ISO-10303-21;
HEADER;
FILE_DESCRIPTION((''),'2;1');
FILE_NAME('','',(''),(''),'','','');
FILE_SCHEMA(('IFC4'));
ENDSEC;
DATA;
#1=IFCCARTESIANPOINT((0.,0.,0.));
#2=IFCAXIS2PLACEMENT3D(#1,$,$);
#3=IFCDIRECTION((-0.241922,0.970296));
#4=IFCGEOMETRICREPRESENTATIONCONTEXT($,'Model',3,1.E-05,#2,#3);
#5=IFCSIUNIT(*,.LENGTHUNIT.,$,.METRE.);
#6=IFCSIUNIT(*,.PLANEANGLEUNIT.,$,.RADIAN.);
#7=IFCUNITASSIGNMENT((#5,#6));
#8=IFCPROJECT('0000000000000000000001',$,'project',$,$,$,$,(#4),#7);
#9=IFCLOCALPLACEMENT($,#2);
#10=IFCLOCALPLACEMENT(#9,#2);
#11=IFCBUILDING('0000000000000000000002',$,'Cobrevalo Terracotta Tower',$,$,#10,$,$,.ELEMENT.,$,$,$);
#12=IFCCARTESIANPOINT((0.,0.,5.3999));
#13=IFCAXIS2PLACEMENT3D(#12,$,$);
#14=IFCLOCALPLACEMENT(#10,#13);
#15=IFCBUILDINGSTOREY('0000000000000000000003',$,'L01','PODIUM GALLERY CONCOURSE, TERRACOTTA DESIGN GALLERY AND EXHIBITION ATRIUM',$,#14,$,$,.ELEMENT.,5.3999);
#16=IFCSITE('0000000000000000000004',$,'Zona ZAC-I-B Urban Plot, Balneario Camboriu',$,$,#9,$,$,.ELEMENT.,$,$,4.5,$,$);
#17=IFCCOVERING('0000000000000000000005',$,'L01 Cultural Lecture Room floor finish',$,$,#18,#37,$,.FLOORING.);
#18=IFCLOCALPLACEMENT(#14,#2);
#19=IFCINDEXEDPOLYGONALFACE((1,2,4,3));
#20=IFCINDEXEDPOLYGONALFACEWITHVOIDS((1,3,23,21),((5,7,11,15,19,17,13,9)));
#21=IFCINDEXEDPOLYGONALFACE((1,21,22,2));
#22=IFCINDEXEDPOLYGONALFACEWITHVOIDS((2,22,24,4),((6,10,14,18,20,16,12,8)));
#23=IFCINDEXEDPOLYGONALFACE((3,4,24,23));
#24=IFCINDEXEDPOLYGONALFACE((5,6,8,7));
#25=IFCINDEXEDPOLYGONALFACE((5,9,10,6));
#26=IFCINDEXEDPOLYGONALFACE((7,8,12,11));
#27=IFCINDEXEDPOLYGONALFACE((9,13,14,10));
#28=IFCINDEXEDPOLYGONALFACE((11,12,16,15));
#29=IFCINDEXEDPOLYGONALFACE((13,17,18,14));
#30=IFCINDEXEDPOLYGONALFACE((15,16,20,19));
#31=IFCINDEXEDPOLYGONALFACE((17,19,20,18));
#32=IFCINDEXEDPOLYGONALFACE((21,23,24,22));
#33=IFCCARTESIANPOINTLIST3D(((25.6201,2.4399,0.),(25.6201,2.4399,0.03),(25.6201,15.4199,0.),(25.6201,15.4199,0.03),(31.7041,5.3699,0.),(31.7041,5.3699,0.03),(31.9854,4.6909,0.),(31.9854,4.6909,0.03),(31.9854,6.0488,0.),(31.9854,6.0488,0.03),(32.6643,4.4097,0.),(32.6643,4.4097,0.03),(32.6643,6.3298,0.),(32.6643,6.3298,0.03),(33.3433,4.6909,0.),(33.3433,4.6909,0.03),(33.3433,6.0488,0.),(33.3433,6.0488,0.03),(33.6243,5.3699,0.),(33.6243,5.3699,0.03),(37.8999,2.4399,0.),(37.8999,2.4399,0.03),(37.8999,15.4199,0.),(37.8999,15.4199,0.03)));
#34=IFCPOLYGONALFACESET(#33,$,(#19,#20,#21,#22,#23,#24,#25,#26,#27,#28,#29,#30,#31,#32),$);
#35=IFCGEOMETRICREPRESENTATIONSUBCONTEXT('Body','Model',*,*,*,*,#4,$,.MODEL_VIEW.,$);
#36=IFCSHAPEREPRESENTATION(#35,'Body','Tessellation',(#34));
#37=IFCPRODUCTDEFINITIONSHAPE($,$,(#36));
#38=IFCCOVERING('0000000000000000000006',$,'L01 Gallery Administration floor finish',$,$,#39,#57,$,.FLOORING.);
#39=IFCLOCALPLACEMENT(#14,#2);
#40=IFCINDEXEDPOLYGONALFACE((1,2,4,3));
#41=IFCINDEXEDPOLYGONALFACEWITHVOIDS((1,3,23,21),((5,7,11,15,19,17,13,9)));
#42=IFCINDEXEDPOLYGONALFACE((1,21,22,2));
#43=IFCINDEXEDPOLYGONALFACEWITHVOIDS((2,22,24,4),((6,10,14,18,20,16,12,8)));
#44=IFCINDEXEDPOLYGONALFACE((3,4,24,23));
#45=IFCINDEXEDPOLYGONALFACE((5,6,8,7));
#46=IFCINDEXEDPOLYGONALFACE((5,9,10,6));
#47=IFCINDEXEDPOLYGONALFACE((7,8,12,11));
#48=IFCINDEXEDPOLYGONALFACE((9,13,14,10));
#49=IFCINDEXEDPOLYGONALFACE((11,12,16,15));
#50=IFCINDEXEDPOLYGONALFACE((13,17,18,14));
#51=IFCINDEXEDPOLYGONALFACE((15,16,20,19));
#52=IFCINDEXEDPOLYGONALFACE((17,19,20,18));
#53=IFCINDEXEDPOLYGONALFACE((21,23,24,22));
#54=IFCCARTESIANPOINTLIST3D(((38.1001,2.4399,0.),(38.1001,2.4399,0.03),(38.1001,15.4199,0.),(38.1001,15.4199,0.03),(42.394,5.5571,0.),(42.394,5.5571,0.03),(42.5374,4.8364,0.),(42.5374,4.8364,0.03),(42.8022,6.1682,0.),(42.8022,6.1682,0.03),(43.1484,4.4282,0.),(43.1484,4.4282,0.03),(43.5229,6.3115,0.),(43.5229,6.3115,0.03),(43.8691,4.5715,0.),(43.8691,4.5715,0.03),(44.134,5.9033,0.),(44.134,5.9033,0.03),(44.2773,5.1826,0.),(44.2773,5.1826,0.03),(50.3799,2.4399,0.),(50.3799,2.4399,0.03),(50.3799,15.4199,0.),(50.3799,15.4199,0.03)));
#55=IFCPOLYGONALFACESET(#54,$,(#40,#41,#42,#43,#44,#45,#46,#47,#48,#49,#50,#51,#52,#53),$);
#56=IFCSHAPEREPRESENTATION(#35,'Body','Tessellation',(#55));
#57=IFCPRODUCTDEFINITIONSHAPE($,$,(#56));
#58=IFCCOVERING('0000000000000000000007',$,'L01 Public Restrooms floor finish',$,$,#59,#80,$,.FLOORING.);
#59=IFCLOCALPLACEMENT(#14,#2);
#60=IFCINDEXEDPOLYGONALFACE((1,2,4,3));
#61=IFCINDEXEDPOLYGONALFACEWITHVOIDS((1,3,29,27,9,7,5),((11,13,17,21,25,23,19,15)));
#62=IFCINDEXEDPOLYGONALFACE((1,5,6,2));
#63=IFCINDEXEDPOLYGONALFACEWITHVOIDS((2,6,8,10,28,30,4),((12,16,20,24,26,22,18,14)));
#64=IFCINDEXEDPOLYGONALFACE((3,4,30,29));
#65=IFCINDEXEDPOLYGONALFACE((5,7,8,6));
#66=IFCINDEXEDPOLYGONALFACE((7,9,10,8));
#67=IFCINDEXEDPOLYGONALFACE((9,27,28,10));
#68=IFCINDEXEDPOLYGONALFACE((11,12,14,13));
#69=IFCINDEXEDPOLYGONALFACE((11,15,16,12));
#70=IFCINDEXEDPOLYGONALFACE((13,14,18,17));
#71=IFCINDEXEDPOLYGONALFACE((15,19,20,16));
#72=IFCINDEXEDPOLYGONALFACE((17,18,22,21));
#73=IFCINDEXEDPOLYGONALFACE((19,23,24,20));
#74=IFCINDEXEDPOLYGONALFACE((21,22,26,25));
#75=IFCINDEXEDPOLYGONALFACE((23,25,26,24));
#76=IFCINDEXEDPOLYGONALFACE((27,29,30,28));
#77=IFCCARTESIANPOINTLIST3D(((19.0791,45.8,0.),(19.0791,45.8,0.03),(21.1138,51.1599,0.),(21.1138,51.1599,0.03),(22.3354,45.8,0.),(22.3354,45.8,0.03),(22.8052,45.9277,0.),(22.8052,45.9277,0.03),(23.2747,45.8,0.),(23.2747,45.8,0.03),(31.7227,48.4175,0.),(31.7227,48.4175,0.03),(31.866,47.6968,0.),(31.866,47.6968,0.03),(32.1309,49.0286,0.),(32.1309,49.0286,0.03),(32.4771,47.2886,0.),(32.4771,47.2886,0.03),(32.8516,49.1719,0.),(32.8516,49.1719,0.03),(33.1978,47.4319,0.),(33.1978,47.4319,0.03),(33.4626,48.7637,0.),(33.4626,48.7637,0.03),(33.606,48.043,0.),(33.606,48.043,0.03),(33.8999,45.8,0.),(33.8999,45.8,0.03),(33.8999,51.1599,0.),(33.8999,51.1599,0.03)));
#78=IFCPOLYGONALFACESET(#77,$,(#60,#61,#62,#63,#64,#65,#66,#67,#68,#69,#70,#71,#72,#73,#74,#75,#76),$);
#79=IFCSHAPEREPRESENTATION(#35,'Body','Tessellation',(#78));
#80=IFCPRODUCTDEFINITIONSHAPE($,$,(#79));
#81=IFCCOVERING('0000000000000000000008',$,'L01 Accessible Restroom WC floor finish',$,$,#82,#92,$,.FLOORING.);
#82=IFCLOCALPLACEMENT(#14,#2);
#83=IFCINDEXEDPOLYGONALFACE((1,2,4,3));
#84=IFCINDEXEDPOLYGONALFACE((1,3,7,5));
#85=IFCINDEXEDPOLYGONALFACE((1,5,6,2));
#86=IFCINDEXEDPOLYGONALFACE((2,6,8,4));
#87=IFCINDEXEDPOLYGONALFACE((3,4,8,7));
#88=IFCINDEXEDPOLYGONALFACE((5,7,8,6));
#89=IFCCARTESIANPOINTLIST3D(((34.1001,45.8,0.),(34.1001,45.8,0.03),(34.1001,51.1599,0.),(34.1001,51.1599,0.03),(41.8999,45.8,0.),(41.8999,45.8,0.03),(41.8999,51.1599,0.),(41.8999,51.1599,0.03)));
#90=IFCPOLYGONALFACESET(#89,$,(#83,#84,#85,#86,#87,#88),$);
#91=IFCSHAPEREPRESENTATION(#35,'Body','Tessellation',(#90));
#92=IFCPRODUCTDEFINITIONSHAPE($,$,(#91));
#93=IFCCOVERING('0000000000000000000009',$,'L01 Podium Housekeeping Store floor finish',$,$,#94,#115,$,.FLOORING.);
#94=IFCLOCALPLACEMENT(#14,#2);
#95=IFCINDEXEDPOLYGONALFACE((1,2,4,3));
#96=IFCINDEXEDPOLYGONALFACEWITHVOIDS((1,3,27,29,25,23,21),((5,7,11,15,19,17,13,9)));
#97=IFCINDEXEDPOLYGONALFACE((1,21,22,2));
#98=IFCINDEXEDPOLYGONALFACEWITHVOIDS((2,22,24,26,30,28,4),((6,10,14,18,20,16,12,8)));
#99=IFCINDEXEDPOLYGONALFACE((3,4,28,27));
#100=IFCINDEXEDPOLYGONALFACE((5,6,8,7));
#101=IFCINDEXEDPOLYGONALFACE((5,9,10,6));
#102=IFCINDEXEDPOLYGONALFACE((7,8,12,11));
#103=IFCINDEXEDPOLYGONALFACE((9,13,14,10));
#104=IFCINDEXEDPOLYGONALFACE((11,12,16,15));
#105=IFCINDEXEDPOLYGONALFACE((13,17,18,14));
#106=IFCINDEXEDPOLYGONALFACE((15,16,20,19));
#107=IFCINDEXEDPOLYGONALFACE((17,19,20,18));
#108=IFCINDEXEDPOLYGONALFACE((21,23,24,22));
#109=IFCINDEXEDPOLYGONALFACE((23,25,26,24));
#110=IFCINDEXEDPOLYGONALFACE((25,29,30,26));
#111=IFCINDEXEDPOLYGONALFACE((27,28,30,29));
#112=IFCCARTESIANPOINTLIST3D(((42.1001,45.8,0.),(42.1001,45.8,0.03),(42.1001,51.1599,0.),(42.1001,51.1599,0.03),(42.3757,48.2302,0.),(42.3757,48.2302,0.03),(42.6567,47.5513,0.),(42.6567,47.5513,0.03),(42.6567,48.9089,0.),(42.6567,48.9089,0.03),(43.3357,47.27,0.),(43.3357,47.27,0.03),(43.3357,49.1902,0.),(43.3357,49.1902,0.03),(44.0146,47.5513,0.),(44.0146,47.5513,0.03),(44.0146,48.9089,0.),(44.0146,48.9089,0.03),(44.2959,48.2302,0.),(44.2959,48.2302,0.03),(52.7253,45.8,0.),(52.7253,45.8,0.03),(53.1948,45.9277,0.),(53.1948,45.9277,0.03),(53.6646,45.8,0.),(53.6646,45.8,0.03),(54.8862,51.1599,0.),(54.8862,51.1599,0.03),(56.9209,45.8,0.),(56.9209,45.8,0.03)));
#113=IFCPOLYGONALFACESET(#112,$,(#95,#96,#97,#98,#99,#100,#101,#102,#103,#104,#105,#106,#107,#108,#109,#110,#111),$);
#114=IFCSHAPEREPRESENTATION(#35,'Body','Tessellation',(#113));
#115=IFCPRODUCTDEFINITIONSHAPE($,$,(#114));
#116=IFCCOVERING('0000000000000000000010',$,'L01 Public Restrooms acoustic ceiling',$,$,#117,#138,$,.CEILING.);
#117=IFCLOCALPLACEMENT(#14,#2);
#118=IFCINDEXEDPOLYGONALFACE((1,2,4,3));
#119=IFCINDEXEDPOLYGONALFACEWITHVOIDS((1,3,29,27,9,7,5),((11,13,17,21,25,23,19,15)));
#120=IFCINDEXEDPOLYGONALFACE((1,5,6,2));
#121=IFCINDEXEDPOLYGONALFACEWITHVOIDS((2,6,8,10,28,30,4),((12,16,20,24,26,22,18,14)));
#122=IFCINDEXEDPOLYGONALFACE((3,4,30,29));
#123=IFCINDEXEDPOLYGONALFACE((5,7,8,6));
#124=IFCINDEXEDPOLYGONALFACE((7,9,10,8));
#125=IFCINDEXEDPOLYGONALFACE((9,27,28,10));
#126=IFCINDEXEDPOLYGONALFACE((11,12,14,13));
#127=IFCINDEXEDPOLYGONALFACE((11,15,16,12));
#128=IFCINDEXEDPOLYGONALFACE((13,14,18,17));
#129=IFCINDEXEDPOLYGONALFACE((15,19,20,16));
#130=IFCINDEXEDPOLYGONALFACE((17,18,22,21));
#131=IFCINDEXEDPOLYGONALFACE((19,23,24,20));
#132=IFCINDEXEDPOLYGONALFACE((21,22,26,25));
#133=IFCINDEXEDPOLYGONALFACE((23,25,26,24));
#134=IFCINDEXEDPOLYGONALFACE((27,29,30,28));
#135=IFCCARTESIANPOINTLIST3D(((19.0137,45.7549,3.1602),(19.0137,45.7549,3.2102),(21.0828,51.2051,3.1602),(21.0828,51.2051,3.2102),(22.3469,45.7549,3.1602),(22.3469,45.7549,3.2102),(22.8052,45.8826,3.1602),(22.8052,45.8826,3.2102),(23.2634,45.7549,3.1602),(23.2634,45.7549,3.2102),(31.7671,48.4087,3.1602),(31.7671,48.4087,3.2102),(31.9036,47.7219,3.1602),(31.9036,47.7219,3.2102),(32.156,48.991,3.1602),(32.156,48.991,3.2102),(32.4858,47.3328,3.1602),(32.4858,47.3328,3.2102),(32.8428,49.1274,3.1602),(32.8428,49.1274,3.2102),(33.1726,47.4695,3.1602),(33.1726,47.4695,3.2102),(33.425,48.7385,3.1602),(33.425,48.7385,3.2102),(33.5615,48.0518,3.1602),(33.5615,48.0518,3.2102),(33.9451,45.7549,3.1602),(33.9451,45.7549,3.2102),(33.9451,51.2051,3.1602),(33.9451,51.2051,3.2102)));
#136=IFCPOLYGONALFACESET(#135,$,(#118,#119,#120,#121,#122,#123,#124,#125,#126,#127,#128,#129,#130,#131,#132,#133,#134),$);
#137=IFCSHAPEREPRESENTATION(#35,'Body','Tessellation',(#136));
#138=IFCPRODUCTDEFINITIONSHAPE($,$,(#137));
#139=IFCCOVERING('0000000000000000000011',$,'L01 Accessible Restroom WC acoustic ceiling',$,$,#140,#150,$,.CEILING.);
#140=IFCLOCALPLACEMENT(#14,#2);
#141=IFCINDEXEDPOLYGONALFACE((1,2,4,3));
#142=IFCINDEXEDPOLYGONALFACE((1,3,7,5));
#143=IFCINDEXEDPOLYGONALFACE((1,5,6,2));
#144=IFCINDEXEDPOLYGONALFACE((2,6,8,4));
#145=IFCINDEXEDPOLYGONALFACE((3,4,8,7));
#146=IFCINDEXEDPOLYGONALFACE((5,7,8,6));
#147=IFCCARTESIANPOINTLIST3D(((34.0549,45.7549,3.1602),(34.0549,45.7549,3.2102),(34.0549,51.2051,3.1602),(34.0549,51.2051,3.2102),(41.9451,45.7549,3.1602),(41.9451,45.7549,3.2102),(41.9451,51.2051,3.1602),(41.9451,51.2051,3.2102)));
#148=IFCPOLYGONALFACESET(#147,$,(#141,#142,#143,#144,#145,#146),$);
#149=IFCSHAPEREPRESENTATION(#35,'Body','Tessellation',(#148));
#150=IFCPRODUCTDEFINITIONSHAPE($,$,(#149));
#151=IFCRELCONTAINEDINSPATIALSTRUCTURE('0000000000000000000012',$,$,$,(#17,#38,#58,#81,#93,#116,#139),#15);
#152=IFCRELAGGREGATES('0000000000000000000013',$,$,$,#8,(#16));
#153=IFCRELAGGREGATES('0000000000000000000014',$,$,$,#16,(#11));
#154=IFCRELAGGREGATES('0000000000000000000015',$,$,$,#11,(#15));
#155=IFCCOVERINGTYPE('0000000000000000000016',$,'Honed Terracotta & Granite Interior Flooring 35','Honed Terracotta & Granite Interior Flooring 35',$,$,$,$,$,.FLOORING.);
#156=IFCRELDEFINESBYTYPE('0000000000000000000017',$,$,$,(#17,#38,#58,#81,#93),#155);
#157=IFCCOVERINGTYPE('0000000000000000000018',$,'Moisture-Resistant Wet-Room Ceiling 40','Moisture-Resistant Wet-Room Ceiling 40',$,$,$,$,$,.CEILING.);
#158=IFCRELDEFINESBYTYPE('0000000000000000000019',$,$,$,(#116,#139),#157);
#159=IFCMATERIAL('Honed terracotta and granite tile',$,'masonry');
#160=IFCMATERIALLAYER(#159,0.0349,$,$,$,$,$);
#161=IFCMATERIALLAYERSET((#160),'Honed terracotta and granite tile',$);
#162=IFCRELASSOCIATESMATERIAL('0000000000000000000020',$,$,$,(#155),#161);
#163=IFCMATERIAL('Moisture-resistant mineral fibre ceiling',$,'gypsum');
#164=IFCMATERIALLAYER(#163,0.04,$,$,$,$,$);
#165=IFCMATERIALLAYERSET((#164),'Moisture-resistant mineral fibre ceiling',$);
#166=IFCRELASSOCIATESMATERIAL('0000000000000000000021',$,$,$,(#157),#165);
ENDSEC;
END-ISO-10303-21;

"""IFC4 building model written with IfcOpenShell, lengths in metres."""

from ifc_helpers import new_model, si_unit, direction, frame, origin, place, context, subcontext, project, spatial, polyline, outline, extrude, material, layer, layer_set, type_object, element, save


model = new_model("IFC4")

# Units and contexts
model_context = context("Model", 3, precision=1e-05, world=origin(), true_north=direction((-0.241922, 0.970296)))
body_context = subcontext(model_context, "Body", "Model", "MODEL_VIEW")
ifc_project = project(units=[si_unit("LENGTHUNIT", "METRE"), si_unit("PLANEANGLEUNIT", "RADIAN")], contexts=[model_context])

# Site, building, storey
site_placement = place(None, origin())
site = spatial("IfcSite", under=ifc_project, at=site_placement, Name="Zona ZAC-I-B Urban Plot, Balneario Camboriu", CompositionType="ELEMENT", RefElevation=4.5)
building_placement = place(site_placement, origin())
building = spatial("IfcBuilding", under=site, at=building_placement, Name="Cobrevalo Terracotta Tower", CompositionType="ELEMENT")
storey_placement = place(building_placement, frame((0.0, 0.0, 5.3999)))
storey = spatial("IfcBuildingStorey", under=building, at=storey_placement, Name="L01", Description="PODIUM GALLERY CONCOURSE, TERRACOTTA DESIGN GALLERY AND EXHIBITION ATRIUM", CompositionType="ELEMENT", Elevation=5.3999)

# Coverings
ifc_material_1 = material(Name="Honed terracotta and granite tile", Category="masonry")
ifc_layer_1 = layer(ifc_material_1, 0.0349)
ifc_layer_set_1 = layer_set([ifc_layer_1], Name="Honed terracotta and granite tile")
covering_type_1 = type_object("IfcCoveringType", Name="Honed Terracotta & Granite Interior Flooring 35", Description="Honed Terracotta & Granite Interior Flooring 35", PredefinedType="FLOORING", material=ifc_layer_set_1)
covering_1_placement = place(storey_placement, origin())
element("IfcCovering", 1, at=covering_1_placement, inside=storey, type_object=covering_type_1, Name="L01 Cultural Lecture Room floor finish", PredefinedType="FLOORING", context=body_context, shape_type="SweptSolid", body=[
    extrude(outline(polyline([(25.6201, 15.4199), (37.8999, 15.4199), (37.8999, 2.4399), (25.6201, 2.4399), (25.6201, 15.4199)]), holes=[polyline([(33.3433, 4.6909), (33.6243, 5.3699), (33.3433, 6.0488), (32.6643, 6.3298), (31.9854, 6.0488), (31.7041, 5.3699), (31.9854, 4.6909), (32.6643, 4.4097), (33.3433, 4.6909)])]), origin(), (0.0, 0.0, 1.0), 0.03),
])
covering_2_placement = place(storey_placement, origin())
element("IfcCovering", 2, at=covering_2_placement, inside=storey, type_object=covering_type_1, Name="L01 Gallery Administration floor finish", PredefinedType="FLOORING", context=body_context, shape_type="SweptSolid", body=[
    extrude(outline(polyline([(38.1001, 15.4199), (50.3799, 15.4199), (50.3799, 2.4399), (38.1001, 2.4399), (38.1001, 15.4199)]), holes=[polyline([(43.8691, 4.5715), (44.2773, 5.1826), (44.134, 5.9033), (43.5229, 6.3115), (42.8022, 6.1682), (42.394, 5.5571), (42.5374, 4.8364), (43.1484, 4.4282), (43.8691, 4.5715)])]), origin(), (0.0, 0.0, 1.0), 0.03),
])
covering_3_placement = place(storey_placement, origin())
element("IfcCovering", 3, at=covering_3_placement, inside=storey, type_object=covering_type_1, Name="L01 Public Restrooms floor finish", PredefinedType="FLOORING", context=body_context, shape_type="SweptSolid", body=[
    extrude(outline(polyline([(33.8999, 45.8), (23.2747, 45.8), (22.8052, 45.9277), (22.3354, 45.8), (19.0791, 45.8), (21.1138, 51.1599), (33.8999, 51.1599), (33.8999, 45.8)]), holes=[polyline([(33.1978, 47.4319), (33.606, 48.043), (33.4626, 48.7637), (32.8516, 49.1719), (32.1309, 49.0286), (31.7227, 48.4175), (31.866, 47.6968), (32.4771, 47.2886), (33.1978, 47.4319)])]), origin(), (0.0, 0.0, 1.0), 0.03),
])
covering_4_placement = place(storey_placement, origin())
element("IfcCovering", 4, at=covering_4_placement, inside=storey, type_object=covering_type_1, Name="L01 Accessible Restroom WC floor finish", PredefinedType="FLOORING", context=body_context, shape_type="SweptSolid", body=[
    extrude(outline(polyline([(41.8999, 45.8), (34.1001, 45.8), (34.1001, 51.1599), (41.8999, 51.1599), (41.8999, 45.8)])), origin(), (0.0, 0.0, 1.0), 0.03),
])
covering_5_placement = place(storey_placement, origin())
element("IfcCovering", 5, at=covering_5_placement, inside=storey, type_object=covering_type_1, Name="L01 Podium Housekeeping Store floor finish", PredefinedType="FLOORING", context=body_context, shape_type="SweptSolid", body=[
    extrude(outline(polyline([(56.9209, 45.8), (53.6646, 45.8), (53.1948, 45.9277), (52.7253, 45.8), (42.1001, 45.8), (42.1001, 51.1599), (54.8862, 51.1599), (56.9209, 45.8)]), holes=[polyline([(44.0146, 47.5513), (44.2959, 48.2302), (44.0146, 48.9089), (43.3357, 49.1902), (42.6567, 48.9089), (42.3757, 48.2302), (42.6567, 47.5513), (43.3357, 47.27), (44.0146, 47.5513)])]), origin(), (0.0, 0.0, 1.0), 0.03),
])
ifc_material_2 = material(Name="Moisture-resistant mineral fibre ceiling", Category="gypsum")
ifc_layer_2 = layer(ifc_material_2, 0.04)
ifc_layer_set_2 = layer_set([ifc_layer_2], Name="Moisture-resistant mineral fibre ceiling")
covering_type_2 = type_object("IfcCoveringType", Name="Moisture-Resistant Wet-Room Ceiling 40", Description="Moisture-Resistant Wet-Room Ceiling 40", PredefinedType="CEILING", material=ifc_layer_set_2)
covering_6_placement = place(storey_placement, frame((0.0, 0.0, 3.1602)))
element("IfcCovering", 6, at=covering_6_placement, inside=storey, type_object=covering_type_2, Name="L01 Public Restrooms acoustic ceiling", PredefinedType="CEILING", context=body_context, shape_type="SweptSolid", body=[
    extrude(outline(polyline([(33.9451, 45.7549), (23.2634, 45.7549), (22.8052, 45.8826), (22.3469, 45.7549), (19.0137, 45.7549), (21.0828, 51.2051), (33.9451, 51.2051), (33.9451, 45.7549)]), holes=[polyline([(33.1726, 47.4695), (33.5615, 48.0518), (33.425, 48.7385), (32.8428, 49.1274), (32.156, 48.991), (31.7671, 48.4087), (31.9036, 47.7219), (32.4858, 47.3328), (33.1726, 47.4695)])]), origin(), (0.0, 0.0, 1.0), 0.05),
])
covering_7_placement = place(storey_placement, frame((0.0, 0.0, 3.1602)))
element("IfcCovering", 7, at=covering_7_placement, inside=storey, type_object=covering_type_2, Name="L01 Accessible Restroom WC acoustic ceiling", PredefinedType="CEILING", context=body_context, shape_type="SweptSolid", body=[
    extrude(outline(polyline([(41.9451, 45.7549), (34.0549, 45.7549), (34.0549, 51.2051), (41.9451, 51.2051), (41.9451, 45.7549)])), origin(), (0.0, 0.0, 1.0), 0.05),
])

save(model, "model.ifc")
